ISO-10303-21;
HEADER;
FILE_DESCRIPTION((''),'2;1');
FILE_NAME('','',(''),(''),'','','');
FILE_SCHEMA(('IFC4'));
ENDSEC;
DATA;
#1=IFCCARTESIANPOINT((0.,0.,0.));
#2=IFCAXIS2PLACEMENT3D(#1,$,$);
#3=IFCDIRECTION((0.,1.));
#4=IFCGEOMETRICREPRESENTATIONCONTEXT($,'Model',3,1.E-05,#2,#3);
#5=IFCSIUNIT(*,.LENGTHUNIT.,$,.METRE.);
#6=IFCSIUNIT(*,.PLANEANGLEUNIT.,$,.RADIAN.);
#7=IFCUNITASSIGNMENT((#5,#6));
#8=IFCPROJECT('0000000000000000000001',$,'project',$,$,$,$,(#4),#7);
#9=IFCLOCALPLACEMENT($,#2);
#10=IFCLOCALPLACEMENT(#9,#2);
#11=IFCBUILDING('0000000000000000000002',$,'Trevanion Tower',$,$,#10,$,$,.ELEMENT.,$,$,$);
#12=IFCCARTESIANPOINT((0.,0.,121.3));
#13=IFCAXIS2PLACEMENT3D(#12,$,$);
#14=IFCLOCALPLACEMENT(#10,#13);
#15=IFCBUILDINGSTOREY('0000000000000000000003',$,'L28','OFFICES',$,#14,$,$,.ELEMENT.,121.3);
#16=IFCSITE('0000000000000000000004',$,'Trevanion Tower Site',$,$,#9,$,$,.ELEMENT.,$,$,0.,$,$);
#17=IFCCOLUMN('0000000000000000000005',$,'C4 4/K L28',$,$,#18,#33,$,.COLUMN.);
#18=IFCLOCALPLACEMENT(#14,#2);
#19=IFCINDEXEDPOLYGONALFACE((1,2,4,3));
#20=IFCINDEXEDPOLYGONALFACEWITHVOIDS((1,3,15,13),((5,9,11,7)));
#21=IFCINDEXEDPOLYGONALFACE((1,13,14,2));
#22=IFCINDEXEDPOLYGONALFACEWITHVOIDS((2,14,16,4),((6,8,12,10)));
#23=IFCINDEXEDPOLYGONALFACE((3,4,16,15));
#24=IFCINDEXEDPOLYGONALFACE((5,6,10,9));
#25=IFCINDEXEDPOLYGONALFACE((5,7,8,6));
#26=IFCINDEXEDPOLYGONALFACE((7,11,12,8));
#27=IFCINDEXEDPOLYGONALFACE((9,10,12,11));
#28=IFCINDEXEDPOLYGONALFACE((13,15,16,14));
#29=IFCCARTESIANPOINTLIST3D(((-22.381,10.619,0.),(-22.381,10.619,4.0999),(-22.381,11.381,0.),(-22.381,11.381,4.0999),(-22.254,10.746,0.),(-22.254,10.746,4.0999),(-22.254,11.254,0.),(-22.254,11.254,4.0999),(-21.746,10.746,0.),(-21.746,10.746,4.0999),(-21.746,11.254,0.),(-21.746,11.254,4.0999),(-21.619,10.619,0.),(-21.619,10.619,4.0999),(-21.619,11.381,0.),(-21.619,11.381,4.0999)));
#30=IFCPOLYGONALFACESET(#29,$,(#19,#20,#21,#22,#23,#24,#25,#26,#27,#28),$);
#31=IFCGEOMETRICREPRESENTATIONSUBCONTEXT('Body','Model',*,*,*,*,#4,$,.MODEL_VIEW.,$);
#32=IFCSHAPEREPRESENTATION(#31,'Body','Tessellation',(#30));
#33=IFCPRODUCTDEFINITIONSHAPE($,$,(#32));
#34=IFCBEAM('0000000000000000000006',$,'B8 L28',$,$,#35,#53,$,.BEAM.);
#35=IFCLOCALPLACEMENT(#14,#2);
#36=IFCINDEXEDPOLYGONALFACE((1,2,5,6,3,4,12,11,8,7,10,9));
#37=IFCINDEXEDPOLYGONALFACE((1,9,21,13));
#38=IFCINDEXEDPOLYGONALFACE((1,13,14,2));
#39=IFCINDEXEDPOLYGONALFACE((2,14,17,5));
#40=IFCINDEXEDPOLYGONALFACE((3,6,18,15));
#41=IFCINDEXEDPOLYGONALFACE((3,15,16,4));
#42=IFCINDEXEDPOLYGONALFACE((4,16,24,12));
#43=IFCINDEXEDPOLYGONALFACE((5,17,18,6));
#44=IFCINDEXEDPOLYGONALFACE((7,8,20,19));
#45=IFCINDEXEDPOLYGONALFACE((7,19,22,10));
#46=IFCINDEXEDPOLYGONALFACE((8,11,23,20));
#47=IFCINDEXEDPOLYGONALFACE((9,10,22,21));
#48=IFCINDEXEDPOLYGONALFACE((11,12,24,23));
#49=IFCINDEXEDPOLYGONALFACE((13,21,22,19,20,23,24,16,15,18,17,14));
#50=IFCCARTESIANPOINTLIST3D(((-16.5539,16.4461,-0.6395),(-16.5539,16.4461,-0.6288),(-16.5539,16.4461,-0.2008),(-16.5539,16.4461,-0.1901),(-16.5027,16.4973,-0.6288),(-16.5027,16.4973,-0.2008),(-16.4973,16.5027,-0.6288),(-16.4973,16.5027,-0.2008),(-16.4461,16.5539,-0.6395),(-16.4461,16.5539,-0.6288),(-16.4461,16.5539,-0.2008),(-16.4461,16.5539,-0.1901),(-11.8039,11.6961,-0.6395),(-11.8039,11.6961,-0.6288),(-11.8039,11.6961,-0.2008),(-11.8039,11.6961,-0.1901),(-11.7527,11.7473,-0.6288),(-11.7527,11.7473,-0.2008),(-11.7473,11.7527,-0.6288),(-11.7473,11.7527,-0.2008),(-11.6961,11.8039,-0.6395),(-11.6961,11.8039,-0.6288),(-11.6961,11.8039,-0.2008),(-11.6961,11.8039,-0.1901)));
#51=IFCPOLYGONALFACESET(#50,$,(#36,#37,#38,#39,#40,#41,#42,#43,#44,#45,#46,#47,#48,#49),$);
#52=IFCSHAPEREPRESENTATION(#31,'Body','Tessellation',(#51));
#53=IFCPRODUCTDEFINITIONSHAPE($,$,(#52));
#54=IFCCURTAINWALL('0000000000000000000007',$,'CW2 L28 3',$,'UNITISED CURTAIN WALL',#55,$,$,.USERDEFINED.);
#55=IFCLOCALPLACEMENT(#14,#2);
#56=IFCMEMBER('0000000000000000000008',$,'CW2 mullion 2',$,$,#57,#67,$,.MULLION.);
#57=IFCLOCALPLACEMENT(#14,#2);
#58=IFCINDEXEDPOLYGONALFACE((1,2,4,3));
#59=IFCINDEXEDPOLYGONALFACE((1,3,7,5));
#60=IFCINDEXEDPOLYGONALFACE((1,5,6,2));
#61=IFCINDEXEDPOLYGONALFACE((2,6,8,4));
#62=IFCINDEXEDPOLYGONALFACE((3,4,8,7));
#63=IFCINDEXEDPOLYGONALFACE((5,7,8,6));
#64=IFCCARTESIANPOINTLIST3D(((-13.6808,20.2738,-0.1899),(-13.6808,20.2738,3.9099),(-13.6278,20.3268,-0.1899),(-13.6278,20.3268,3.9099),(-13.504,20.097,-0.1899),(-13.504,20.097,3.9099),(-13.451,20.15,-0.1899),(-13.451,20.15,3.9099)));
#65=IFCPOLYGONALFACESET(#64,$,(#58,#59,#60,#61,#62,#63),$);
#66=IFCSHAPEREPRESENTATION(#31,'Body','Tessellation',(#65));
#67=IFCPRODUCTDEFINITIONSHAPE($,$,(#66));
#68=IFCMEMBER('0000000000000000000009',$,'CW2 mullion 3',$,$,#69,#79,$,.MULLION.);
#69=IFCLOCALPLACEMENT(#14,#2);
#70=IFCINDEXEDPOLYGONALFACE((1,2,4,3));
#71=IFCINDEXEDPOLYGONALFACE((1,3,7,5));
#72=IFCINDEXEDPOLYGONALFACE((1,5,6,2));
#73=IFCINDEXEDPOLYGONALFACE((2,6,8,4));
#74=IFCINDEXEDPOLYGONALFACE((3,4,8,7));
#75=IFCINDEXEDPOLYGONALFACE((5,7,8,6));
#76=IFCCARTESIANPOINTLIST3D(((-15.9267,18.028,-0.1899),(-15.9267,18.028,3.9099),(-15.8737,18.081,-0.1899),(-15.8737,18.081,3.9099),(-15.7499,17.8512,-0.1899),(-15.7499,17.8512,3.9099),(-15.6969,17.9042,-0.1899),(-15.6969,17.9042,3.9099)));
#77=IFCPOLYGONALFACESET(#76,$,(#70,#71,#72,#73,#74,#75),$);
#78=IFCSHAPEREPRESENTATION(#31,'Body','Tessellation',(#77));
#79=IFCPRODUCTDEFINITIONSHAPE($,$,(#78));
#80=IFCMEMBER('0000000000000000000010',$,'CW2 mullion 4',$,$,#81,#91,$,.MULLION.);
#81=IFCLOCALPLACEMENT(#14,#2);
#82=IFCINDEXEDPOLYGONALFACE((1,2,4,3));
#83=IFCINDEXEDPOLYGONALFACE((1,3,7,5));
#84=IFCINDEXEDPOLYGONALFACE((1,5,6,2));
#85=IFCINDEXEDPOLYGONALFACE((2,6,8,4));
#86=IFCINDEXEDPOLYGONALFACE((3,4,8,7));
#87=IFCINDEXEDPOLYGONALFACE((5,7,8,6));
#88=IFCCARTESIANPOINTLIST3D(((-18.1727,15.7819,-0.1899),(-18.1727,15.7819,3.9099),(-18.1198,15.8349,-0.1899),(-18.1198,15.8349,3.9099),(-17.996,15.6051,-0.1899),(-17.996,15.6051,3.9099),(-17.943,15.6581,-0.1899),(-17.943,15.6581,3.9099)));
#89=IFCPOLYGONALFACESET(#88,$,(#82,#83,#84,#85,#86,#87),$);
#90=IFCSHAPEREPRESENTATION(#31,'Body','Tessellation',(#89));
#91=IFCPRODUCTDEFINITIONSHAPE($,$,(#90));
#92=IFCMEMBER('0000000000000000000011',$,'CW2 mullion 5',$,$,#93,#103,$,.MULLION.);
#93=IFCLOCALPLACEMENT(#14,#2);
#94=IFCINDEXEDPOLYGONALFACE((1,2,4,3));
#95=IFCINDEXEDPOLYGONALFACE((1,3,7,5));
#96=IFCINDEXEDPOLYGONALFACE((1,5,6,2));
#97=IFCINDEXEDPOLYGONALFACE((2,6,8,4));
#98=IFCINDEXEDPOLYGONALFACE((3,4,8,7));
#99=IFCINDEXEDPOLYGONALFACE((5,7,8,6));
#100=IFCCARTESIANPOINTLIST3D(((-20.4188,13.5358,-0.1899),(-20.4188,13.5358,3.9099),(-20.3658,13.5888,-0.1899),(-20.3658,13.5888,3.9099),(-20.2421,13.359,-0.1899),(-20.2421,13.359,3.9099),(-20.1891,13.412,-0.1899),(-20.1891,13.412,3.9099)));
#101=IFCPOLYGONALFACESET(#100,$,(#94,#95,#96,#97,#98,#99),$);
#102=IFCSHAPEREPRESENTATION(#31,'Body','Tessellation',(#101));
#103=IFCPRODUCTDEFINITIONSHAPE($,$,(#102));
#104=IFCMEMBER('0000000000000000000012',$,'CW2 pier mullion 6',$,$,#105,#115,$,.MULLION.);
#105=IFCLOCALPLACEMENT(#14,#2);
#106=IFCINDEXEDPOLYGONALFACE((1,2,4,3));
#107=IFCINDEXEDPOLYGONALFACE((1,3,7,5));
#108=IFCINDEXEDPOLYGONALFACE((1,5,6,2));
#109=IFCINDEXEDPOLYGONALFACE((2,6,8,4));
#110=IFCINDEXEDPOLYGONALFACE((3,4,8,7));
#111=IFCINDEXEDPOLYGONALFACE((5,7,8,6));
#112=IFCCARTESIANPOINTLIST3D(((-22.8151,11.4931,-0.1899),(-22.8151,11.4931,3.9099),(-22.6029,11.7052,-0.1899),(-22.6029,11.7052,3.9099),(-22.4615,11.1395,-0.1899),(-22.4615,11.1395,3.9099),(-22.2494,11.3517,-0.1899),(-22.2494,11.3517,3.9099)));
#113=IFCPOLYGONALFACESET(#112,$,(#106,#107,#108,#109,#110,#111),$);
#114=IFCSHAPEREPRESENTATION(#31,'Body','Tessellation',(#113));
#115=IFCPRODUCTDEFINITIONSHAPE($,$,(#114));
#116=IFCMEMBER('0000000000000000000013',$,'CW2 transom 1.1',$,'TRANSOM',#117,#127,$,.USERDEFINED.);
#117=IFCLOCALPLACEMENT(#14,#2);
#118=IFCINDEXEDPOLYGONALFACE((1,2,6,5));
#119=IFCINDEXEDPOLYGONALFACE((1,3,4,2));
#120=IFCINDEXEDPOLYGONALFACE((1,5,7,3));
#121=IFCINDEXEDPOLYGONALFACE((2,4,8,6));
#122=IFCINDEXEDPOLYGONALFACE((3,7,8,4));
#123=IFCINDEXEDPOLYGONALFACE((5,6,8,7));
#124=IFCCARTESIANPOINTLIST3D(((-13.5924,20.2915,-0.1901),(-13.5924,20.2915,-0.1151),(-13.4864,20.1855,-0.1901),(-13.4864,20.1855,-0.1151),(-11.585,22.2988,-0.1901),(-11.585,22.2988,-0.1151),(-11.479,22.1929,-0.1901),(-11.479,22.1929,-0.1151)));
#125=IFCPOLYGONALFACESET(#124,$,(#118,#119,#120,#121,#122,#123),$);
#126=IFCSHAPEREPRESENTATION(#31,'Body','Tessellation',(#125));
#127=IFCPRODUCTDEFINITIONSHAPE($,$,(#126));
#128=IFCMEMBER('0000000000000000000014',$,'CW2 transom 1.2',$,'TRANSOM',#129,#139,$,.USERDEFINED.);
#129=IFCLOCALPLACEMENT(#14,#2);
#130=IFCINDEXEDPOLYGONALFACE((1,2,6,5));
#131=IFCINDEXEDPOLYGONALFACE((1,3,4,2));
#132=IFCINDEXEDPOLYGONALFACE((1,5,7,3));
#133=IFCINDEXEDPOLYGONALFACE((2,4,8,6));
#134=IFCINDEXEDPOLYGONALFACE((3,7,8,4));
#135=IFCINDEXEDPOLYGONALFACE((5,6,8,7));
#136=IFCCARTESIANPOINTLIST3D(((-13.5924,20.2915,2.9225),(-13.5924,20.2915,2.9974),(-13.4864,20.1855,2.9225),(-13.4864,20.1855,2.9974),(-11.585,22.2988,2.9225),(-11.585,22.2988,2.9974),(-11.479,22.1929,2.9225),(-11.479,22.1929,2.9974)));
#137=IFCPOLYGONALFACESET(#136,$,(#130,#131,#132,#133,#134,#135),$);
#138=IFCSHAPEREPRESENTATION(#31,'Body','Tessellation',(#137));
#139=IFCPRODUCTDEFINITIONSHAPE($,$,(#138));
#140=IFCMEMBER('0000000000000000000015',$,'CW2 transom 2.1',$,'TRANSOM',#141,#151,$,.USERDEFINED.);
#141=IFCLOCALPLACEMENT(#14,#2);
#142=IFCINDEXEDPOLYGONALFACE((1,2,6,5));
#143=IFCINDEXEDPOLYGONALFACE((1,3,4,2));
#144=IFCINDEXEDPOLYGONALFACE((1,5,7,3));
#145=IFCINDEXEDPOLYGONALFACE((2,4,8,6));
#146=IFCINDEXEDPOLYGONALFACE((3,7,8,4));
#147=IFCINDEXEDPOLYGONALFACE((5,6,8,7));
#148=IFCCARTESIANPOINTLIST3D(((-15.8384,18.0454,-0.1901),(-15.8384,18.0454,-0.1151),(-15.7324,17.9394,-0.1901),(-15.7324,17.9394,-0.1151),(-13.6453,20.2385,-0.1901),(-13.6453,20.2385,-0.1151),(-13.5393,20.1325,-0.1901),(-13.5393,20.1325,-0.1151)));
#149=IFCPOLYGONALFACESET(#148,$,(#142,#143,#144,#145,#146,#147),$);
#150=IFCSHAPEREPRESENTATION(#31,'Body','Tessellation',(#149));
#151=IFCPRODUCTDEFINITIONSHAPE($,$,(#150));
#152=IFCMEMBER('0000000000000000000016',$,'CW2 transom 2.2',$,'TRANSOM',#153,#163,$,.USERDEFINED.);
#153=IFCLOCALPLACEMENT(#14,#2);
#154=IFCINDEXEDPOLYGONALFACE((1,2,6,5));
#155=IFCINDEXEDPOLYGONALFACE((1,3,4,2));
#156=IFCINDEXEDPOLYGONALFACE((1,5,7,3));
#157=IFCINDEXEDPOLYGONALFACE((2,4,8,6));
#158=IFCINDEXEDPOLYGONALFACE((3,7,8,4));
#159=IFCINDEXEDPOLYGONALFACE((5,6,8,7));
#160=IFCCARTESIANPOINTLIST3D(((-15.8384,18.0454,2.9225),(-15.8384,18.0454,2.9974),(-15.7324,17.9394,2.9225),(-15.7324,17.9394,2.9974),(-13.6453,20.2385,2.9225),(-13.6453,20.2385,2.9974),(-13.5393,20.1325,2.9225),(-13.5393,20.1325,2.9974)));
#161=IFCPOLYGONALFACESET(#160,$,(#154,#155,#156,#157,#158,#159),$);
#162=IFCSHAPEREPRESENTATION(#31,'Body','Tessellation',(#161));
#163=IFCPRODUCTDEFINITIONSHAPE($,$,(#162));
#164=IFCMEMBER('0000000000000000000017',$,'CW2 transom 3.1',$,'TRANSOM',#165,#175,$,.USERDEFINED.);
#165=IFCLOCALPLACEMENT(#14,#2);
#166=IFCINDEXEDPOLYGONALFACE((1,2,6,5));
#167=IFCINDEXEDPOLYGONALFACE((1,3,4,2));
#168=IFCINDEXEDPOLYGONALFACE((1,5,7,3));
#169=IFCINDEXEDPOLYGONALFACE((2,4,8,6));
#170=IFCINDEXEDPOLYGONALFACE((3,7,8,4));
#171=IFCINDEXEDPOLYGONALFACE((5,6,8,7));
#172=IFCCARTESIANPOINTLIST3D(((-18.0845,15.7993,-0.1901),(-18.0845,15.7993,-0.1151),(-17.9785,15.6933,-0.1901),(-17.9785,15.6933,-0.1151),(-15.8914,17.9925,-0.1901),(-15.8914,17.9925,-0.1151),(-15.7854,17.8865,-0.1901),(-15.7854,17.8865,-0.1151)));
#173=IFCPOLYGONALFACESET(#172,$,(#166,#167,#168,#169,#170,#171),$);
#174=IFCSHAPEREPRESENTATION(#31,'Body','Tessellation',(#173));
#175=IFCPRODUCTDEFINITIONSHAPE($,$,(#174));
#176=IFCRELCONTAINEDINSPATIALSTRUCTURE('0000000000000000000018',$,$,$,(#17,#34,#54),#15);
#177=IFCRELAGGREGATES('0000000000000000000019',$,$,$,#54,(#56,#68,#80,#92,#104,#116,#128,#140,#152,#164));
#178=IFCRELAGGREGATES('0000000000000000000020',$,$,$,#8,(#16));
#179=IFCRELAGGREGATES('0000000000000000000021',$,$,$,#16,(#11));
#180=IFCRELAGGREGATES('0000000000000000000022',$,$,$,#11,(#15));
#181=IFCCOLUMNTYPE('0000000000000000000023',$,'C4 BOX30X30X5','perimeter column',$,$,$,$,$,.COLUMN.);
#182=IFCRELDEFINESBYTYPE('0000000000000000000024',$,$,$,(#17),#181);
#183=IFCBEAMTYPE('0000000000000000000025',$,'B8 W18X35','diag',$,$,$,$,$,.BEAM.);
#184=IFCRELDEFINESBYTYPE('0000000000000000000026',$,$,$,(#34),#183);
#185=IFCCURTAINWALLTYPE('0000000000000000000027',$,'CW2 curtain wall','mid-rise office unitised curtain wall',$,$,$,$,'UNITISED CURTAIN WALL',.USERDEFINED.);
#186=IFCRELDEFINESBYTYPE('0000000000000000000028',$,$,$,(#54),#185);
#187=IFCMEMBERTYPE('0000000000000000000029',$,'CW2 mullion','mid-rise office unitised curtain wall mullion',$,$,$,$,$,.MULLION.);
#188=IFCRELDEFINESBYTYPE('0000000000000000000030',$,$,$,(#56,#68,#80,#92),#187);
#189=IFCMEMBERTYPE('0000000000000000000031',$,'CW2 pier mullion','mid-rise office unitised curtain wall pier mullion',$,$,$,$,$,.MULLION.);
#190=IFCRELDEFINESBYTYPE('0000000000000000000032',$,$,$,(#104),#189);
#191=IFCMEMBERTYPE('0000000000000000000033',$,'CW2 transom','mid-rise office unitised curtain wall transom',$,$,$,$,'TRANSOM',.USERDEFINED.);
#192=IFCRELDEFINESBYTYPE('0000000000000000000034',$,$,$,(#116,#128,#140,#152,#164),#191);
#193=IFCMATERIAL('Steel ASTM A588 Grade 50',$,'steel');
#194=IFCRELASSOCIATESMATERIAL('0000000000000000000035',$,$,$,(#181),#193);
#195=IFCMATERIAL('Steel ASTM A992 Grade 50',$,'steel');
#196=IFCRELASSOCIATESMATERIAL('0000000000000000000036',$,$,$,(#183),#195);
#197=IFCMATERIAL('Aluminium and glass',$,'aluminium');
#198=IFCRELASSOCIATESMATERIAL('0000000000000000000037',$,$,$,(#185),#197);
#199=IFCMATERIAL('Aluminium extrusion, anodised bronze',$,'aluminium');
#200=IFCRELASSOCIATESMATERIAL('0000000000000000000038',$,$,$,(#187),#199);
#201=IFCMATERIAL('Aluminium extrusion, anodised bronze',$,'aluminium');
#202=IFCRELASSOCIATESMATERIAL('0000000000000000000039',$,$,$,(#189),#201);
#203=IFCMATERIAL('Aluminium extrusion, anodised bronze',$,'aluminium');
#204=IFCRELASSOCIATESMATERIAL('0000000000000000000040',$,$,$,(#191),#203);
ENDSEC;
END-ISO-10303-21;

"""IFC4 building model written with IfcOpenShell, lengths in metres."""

from ifc_helpers import new_model, si_unit, direction, frame, origin, origin_2d, place, context, subcontext, project, spatial, rectangle, hollow_rectangle, i_section, extrude, material, material_profile, profile_set, type_object, element, aggregate, save


model = new_model("IFC4")

# Units and contexts
model_context = context("Model", 3, precision=1e-05, world=origin(), true_north=direction((0.0, 1.0)))
body_context = subcontext(model_context, "Body", "Model", "MODEL_VIEW")
ifc_project = project(units=[si_unit("LENGTHUNIT", "METRE"), si_unit("PLANEANGLEUNIT", "RADIAN")], contexts=[model_context])

# Site, building, storey
site_placement = place(None, origin())
site = spatial("IfcSite", under=ifc_project, at=site_placement, Name="Trevanion Tower Site", CompositionType="ELEMENT", RefElevation=0.0)
building_placement = place(site_placement, origin())
building = spatial("IfcBuilding", under=site, at=building_placement, Name="Trevanion Tower", CompositionType="ELEMENT")
storey_placement = place(building_placement, frame((0.0, 0.0, 121.3)))
storey = spatial("IfcBuildingStorey", under=building, at=storey_placement, Name="L28", Description="OFFICES", CompositionType="ELEMENT", Elevation=121.3)

# Column
ifc_material_1 = material(Name="Steel ASTM A588 Grade 50", Category="steel")
ifc_material_profile_1 = material_profile(ifc_material_1, hollow_rectangle(XDim=0.762, YDim=0.762, WallThickness=0.127, at=origin_2d()), Name="BOX30X30X5")
ifc_profile_set_1 = profile_set([ifc_material_profile_1], Name="Steel ASTM A588 Grade 50")
column_type = type_object("IfcColumnType", Name="C4 BOX30X30X5", Description="perimeter column", PredefinedType="COLUMN", material=ifc_profile_set_1)
column_placement = place(storey_placement, frame((-22.0, 11.0, 0.0), z_axis=(0.0, 0.0, 1.0), x_axis=(0.0, 1.0, 0.0)))
element("IfcColumn", 1, at=column_placement, inside=storey, type_object=column_type, Name="C4 4/K L28", PredefinedType="COLUMN", context=body_context, shape_type="SweptSolid", body=[
    extrude(hollow_rectangle(XDim=0.762, YDim=0.762, WallThickness=0.127, at=origin_2d()), origin(), (0.0, 0.0, 1.0), 4.0999),
])

# Beam
ifc_material_2 = material(Name="Steel ASTM A992 Grade 50", Category="steel")
ifc_material_profile_2 = material_profile(ifc_material_2, i_section(OverallWidth=0.1523, OverallDepth=0.4495, WebThickness=0.0076, FlangeThickness=0.0107, at=origin_2d()), Name="W18X35")
ifc_profile_set_2 = profile_set([ifc_material_profile_2], Name="Steel ASTM A992 Grade 50")
beam_type_1 = type_object("IfcBeamType", Name="B8 W18X35", Description="diag", PredefinedType="BEAM", material=ifc_profile_set_2)
beam_1_placement = place(storey_placement, frame((-11.75, 11.75, -0.4148), z_axis=(-0.707107, 0.707107, 0.0), x_axis=(-0.707107, -0.707107, 0.0)))
element("IfcBeam", 2, at=beam_1_placement, inside=storey, type_object=beam_type_1, Name="B8 L28", PredefinedType="BEAM", context=body_context, shape_type="SweptSolid", body=[
    extrude(i_section(OverallWidth=0.1523, OverallDepth=0.4495, WebThickness=0.0076, FlangeThickness=0.0107, at=origin_2d()), origin(), (0.0, 0.0, 1.0), 6.7175),
])

# Curtain wall, members
ifc_material_3 = material(Name="Aluminium and glass", Category="aluminium")
curtain_wall_type = type_object("IfcCurtainWallType", Name="CW2 curtain wall", Description="mid-rise office unitised curtain wall", ElementType="UNITISED CURTAIN WALL", PredefinedType="USERDEFINED", material=ifc_material_3)
curtain_wall_placement = place(storey_placement, origin())
curtain_wall = element("IfcCurtainWall", 3, at=curtain_wall_placement, inside=storey, type_object=curtain_wall_type, Name="CW2 L28 3", ObjectType="UNITISED CURTAIN WALL", PredefinedType="USERDEFINED")
ifc_material_4 = material(Name="Aluminium extrusion, anodised bronze", Category="aluminium")
ifc_material_profile_3 = material_profile(ifc_material_4, rectangle(XDim=0.075, YDim=0.25, at=origin_2d()), Name="CW2 mullion")
ifc_profile_set_3 = profile_set([ifc_material_profile_3], Name="Aluminium extrusion, anodised bronze")
member_type_1 = type_object("IfcMemberType", Name="CW2 mullion", Description="mid-rise office unitised curtain wall mullion", PredefinedType="MULLION", material=ifc_profile_set_3)
member_1_placement = place(storey_placement, frame((-13.5659, 20.2119, -0.1899), z_axis=(0.0, 0.0, 1.0), x_axis=(-0.707107, -0.707107, 0.0)))
member_1 = element("IfcMember", 4, at=member_1_placement, type_object=member_type_1, Name="CW2 mullion 2", PredefinedType="MULLION", context=body_context, shape_type="SweptSolid", body=[
    extrude(rectangle(XDim=0.075, YDim=0.25, at=origin_2d()), origin(), (0.0, 0.0, 1.0), 4.0999),
])
member_2_placement = place(storey_placement, frame((-15.8118, 17.9661, -0.1899), z_axis=(0.0, 0.0, 1.0), x_axis=(-0.707107, -0.707107, 0.0)))
member_2 = element("IfcMember", 5, at=member_2_placement, type_object=member_type_1, Name="CW2 mullion 3", PredefinedType="MULLION", context=body_context, shape_type="SweptSolid", body=[
    extrude(rectangle(XDim=0.075, YDim=0.25, at=origin_2d()), origin(), (0.0, 0.0, 1.0), 4.0999),
])
member_3_placement = place(storey_placement, frame((-18.0579, 15.72, -0.1899), z_axis=(0.0, 0.0, 1.0), x_axis=(-0.707107, -0.707107, 0.0)))
member_3 = element("IfcMember", 6, at=member_3_placement, type_object=member_type_1, Name="CW2 mullion 4", PredefinedType="MULLION", context=body_context, shape_type="SweptSolid", body=[
    extrude(rectangle(XDim=0.075, YDim=0.25, at=origin_2d()), origin(), (0.0, 0.0, 1.0), 4.0999),
])
member_4_placement = place(storey_placement, frame((-20.304, 13.4739, -0.1899), z_axis=(0.0, 0.0, 1.0), x_axis=(-0.707107, -0.707107, 0.0)))
member_4 = element("IfcMember", 7, at=member_4_placement, type_object=member_type_1, Name="CW2 mullion 5", PredefinedType="MULLION", context=body_context, shape_type="SweptSolid", body=[
    extrude(rectangle(XDim=0.075, YDim=0.25, at=origin_2d()), origin(), (0.0, 0.0, 1.0), 4.0999),
])
ifc_material_5 = material(Name="Aluminium extrusion, anodised bronze", Category="aluminium")
ifc_material_profile_4 = material_profile(ifc_material_5, rectangle(XDim=0.3, YDim=0.5, at=origin_2d()), Name="CW2 pier mullion")
ifc_profile_set_4 = profile_set([ifc_material_profile_4], Name="Aluminium extrusion, anodised bronze")
member_type_2 = type_object("IfcMemberType", Name="CW2 pier mullion", Description="mid-rise office unitised curtain wall pier mullion", PredefinedType="MULLION", material=ifc_profile_set_4)
member_5_placement = place(storey_placement, frame((-22.5322, 11.4224, -0.1899), z_axis=(0.0, 0.0, 1.0), x_axis=(-0.707107, -0.707107, 0.0)))
member_5 = element("IfcMember", 8, at=member_5_placement, type_object=member_type_2, Name="CW2 pier mullion 6", PredefinedType="MULLION", context=body_context, shape_type="SweptSolid", body=[
    extrude(rectangle(XDim=0.3, YDim=0.5, at=origin_2d()), origin(), (0.0, 0.0, 1.0), 4.0999),
])
ifc_material_6 = material(Name="Aluminium extrusion, anodised bronze", Category="aluminium")
ifc_material_profile_5 = material_profile(ifc_material_6, rectangle(XDim=0.1499, YDim=0.075, at=origin_2d()), Name="CW2 transom")
ifc_profile_set_5 = profile_set([ifc_material_profile_5], Name="Aluminium extrusion, anodised bronze")
member_type_3 = type_object("IfcMemberType", Name="CW2 transom", Description="mid-rise office unitised curtain wall transom", ElementType="TRANSOM", PredefinedType="USERDEFINED", material=ifc_profile_set_5)
member_6_placement = place(storey_placement, frame((-11.532, 22.2458, -0.1526), z_axis=(-0.707107, -0.707107, 0.0), x_axis=(0.707107, -0.707107, 0.0)))
member_6 = element("IfcMember", 9, at=member_6_placement, type_object=member_type_3, Name="CW2 transom 1.1", ObjectType="TRANSOM", PredefinedType="USERDEFINED", context=body_context, shape_type="SweptSolid", body=[
    extrude(rectangle(XDim=0.1499, YDim=0.075, at=origin_2d()), origin(), (0.0, 0.0, 1.0), 2.8389),
])
member_7_placement = place(storey_placement, frame((-11.532, 22.2458, 2.96), z_axis=(-0.707107, -0.707107, 0.0), x_axis=(0.707107, -0.707107, 0.0)))
member_7 = element("IfcMember", 10, at=member_7_placement, type_object=member_type_3, Name="CW2 transom 1.2", ObjectType="TRANSOM", PredefinedType="USERDEFINED", context=body_context, shape_type="SweptSolid", body=[
    extrude(rectangle(XDim=0.1499, YDim=0.075, at=origin_2d()), origin(), (0.0, 0.0, 1.0), 2.8389),
])
member_8_placement = place(storey_placement, frame((-13.5923, 20.1855, -0.1526), z_axis=(-0.707107, -0.707107, 0.0), x_axis=(0.707107, -0.707107, 0.0)))
member_8 = element("IfcMember", 11, at=member_8_placement, type_object=member_type_3, Name="CW2 transom 2.1", ObjectType="TRANSOM", PredefinedType="USERDEFINED", context=body_context, shape_type="SweptSolid", body=[
    extrude(rectangle(XDim=0.1499, YDim=0.075, at=origin_2d()), origin(), (0.0, 0.0, 1.0), 3.1016),
])
member_9_placement = place(storey_placement, frame((-13.5923, 20.1855, 2.96), z_axis=(-0.707107, -0.707107, 0.0), x_axis=(0.707107, -0.707107, 0.0)))
member_9 = element("IfcMember", 12, at=member_9_placement, type_object=member_type_3, Name="CW2 transom 2.2", ObjectType="TRANSOM", PredefinedType="USERDEFINED", context=body_context, shape_type="SweptSolid", body=[
    extrude(rectangle(XDim=0.1499, YDim=0.075, at=origin_2d()), origin(), (0.0, 0.0, 1.0), 3.1016),
])
member_10_placement = place(storey_placement, frame((-15.8384, 17.9395, -0.1526), z_axis=(-0.707107, -0.707107, 0.0), x_axis=(0.707107, -0.707107, 0.0)))
member_10 = element("IfcMember", 13, at=member_10_placement, type_object=member_type_3, Name="CW2 transom 3.1", ObjectType="TRANSOM", PredefinedType="USERDEFINED", context=body_context, shape_type="SweptSolid", body=[
    extrude(rectangle(XDim=0.1499, YDim=0.075, at=origin_2d()), origin(), (0.0, 0.0, 1.0), 3.1016),
])

aggregate(curtain_wall, [member_1, member_2, member_3, member_4, member_5, member_6, member_7, member_8, member_9, member_10])

save(model, "model.ifc")
